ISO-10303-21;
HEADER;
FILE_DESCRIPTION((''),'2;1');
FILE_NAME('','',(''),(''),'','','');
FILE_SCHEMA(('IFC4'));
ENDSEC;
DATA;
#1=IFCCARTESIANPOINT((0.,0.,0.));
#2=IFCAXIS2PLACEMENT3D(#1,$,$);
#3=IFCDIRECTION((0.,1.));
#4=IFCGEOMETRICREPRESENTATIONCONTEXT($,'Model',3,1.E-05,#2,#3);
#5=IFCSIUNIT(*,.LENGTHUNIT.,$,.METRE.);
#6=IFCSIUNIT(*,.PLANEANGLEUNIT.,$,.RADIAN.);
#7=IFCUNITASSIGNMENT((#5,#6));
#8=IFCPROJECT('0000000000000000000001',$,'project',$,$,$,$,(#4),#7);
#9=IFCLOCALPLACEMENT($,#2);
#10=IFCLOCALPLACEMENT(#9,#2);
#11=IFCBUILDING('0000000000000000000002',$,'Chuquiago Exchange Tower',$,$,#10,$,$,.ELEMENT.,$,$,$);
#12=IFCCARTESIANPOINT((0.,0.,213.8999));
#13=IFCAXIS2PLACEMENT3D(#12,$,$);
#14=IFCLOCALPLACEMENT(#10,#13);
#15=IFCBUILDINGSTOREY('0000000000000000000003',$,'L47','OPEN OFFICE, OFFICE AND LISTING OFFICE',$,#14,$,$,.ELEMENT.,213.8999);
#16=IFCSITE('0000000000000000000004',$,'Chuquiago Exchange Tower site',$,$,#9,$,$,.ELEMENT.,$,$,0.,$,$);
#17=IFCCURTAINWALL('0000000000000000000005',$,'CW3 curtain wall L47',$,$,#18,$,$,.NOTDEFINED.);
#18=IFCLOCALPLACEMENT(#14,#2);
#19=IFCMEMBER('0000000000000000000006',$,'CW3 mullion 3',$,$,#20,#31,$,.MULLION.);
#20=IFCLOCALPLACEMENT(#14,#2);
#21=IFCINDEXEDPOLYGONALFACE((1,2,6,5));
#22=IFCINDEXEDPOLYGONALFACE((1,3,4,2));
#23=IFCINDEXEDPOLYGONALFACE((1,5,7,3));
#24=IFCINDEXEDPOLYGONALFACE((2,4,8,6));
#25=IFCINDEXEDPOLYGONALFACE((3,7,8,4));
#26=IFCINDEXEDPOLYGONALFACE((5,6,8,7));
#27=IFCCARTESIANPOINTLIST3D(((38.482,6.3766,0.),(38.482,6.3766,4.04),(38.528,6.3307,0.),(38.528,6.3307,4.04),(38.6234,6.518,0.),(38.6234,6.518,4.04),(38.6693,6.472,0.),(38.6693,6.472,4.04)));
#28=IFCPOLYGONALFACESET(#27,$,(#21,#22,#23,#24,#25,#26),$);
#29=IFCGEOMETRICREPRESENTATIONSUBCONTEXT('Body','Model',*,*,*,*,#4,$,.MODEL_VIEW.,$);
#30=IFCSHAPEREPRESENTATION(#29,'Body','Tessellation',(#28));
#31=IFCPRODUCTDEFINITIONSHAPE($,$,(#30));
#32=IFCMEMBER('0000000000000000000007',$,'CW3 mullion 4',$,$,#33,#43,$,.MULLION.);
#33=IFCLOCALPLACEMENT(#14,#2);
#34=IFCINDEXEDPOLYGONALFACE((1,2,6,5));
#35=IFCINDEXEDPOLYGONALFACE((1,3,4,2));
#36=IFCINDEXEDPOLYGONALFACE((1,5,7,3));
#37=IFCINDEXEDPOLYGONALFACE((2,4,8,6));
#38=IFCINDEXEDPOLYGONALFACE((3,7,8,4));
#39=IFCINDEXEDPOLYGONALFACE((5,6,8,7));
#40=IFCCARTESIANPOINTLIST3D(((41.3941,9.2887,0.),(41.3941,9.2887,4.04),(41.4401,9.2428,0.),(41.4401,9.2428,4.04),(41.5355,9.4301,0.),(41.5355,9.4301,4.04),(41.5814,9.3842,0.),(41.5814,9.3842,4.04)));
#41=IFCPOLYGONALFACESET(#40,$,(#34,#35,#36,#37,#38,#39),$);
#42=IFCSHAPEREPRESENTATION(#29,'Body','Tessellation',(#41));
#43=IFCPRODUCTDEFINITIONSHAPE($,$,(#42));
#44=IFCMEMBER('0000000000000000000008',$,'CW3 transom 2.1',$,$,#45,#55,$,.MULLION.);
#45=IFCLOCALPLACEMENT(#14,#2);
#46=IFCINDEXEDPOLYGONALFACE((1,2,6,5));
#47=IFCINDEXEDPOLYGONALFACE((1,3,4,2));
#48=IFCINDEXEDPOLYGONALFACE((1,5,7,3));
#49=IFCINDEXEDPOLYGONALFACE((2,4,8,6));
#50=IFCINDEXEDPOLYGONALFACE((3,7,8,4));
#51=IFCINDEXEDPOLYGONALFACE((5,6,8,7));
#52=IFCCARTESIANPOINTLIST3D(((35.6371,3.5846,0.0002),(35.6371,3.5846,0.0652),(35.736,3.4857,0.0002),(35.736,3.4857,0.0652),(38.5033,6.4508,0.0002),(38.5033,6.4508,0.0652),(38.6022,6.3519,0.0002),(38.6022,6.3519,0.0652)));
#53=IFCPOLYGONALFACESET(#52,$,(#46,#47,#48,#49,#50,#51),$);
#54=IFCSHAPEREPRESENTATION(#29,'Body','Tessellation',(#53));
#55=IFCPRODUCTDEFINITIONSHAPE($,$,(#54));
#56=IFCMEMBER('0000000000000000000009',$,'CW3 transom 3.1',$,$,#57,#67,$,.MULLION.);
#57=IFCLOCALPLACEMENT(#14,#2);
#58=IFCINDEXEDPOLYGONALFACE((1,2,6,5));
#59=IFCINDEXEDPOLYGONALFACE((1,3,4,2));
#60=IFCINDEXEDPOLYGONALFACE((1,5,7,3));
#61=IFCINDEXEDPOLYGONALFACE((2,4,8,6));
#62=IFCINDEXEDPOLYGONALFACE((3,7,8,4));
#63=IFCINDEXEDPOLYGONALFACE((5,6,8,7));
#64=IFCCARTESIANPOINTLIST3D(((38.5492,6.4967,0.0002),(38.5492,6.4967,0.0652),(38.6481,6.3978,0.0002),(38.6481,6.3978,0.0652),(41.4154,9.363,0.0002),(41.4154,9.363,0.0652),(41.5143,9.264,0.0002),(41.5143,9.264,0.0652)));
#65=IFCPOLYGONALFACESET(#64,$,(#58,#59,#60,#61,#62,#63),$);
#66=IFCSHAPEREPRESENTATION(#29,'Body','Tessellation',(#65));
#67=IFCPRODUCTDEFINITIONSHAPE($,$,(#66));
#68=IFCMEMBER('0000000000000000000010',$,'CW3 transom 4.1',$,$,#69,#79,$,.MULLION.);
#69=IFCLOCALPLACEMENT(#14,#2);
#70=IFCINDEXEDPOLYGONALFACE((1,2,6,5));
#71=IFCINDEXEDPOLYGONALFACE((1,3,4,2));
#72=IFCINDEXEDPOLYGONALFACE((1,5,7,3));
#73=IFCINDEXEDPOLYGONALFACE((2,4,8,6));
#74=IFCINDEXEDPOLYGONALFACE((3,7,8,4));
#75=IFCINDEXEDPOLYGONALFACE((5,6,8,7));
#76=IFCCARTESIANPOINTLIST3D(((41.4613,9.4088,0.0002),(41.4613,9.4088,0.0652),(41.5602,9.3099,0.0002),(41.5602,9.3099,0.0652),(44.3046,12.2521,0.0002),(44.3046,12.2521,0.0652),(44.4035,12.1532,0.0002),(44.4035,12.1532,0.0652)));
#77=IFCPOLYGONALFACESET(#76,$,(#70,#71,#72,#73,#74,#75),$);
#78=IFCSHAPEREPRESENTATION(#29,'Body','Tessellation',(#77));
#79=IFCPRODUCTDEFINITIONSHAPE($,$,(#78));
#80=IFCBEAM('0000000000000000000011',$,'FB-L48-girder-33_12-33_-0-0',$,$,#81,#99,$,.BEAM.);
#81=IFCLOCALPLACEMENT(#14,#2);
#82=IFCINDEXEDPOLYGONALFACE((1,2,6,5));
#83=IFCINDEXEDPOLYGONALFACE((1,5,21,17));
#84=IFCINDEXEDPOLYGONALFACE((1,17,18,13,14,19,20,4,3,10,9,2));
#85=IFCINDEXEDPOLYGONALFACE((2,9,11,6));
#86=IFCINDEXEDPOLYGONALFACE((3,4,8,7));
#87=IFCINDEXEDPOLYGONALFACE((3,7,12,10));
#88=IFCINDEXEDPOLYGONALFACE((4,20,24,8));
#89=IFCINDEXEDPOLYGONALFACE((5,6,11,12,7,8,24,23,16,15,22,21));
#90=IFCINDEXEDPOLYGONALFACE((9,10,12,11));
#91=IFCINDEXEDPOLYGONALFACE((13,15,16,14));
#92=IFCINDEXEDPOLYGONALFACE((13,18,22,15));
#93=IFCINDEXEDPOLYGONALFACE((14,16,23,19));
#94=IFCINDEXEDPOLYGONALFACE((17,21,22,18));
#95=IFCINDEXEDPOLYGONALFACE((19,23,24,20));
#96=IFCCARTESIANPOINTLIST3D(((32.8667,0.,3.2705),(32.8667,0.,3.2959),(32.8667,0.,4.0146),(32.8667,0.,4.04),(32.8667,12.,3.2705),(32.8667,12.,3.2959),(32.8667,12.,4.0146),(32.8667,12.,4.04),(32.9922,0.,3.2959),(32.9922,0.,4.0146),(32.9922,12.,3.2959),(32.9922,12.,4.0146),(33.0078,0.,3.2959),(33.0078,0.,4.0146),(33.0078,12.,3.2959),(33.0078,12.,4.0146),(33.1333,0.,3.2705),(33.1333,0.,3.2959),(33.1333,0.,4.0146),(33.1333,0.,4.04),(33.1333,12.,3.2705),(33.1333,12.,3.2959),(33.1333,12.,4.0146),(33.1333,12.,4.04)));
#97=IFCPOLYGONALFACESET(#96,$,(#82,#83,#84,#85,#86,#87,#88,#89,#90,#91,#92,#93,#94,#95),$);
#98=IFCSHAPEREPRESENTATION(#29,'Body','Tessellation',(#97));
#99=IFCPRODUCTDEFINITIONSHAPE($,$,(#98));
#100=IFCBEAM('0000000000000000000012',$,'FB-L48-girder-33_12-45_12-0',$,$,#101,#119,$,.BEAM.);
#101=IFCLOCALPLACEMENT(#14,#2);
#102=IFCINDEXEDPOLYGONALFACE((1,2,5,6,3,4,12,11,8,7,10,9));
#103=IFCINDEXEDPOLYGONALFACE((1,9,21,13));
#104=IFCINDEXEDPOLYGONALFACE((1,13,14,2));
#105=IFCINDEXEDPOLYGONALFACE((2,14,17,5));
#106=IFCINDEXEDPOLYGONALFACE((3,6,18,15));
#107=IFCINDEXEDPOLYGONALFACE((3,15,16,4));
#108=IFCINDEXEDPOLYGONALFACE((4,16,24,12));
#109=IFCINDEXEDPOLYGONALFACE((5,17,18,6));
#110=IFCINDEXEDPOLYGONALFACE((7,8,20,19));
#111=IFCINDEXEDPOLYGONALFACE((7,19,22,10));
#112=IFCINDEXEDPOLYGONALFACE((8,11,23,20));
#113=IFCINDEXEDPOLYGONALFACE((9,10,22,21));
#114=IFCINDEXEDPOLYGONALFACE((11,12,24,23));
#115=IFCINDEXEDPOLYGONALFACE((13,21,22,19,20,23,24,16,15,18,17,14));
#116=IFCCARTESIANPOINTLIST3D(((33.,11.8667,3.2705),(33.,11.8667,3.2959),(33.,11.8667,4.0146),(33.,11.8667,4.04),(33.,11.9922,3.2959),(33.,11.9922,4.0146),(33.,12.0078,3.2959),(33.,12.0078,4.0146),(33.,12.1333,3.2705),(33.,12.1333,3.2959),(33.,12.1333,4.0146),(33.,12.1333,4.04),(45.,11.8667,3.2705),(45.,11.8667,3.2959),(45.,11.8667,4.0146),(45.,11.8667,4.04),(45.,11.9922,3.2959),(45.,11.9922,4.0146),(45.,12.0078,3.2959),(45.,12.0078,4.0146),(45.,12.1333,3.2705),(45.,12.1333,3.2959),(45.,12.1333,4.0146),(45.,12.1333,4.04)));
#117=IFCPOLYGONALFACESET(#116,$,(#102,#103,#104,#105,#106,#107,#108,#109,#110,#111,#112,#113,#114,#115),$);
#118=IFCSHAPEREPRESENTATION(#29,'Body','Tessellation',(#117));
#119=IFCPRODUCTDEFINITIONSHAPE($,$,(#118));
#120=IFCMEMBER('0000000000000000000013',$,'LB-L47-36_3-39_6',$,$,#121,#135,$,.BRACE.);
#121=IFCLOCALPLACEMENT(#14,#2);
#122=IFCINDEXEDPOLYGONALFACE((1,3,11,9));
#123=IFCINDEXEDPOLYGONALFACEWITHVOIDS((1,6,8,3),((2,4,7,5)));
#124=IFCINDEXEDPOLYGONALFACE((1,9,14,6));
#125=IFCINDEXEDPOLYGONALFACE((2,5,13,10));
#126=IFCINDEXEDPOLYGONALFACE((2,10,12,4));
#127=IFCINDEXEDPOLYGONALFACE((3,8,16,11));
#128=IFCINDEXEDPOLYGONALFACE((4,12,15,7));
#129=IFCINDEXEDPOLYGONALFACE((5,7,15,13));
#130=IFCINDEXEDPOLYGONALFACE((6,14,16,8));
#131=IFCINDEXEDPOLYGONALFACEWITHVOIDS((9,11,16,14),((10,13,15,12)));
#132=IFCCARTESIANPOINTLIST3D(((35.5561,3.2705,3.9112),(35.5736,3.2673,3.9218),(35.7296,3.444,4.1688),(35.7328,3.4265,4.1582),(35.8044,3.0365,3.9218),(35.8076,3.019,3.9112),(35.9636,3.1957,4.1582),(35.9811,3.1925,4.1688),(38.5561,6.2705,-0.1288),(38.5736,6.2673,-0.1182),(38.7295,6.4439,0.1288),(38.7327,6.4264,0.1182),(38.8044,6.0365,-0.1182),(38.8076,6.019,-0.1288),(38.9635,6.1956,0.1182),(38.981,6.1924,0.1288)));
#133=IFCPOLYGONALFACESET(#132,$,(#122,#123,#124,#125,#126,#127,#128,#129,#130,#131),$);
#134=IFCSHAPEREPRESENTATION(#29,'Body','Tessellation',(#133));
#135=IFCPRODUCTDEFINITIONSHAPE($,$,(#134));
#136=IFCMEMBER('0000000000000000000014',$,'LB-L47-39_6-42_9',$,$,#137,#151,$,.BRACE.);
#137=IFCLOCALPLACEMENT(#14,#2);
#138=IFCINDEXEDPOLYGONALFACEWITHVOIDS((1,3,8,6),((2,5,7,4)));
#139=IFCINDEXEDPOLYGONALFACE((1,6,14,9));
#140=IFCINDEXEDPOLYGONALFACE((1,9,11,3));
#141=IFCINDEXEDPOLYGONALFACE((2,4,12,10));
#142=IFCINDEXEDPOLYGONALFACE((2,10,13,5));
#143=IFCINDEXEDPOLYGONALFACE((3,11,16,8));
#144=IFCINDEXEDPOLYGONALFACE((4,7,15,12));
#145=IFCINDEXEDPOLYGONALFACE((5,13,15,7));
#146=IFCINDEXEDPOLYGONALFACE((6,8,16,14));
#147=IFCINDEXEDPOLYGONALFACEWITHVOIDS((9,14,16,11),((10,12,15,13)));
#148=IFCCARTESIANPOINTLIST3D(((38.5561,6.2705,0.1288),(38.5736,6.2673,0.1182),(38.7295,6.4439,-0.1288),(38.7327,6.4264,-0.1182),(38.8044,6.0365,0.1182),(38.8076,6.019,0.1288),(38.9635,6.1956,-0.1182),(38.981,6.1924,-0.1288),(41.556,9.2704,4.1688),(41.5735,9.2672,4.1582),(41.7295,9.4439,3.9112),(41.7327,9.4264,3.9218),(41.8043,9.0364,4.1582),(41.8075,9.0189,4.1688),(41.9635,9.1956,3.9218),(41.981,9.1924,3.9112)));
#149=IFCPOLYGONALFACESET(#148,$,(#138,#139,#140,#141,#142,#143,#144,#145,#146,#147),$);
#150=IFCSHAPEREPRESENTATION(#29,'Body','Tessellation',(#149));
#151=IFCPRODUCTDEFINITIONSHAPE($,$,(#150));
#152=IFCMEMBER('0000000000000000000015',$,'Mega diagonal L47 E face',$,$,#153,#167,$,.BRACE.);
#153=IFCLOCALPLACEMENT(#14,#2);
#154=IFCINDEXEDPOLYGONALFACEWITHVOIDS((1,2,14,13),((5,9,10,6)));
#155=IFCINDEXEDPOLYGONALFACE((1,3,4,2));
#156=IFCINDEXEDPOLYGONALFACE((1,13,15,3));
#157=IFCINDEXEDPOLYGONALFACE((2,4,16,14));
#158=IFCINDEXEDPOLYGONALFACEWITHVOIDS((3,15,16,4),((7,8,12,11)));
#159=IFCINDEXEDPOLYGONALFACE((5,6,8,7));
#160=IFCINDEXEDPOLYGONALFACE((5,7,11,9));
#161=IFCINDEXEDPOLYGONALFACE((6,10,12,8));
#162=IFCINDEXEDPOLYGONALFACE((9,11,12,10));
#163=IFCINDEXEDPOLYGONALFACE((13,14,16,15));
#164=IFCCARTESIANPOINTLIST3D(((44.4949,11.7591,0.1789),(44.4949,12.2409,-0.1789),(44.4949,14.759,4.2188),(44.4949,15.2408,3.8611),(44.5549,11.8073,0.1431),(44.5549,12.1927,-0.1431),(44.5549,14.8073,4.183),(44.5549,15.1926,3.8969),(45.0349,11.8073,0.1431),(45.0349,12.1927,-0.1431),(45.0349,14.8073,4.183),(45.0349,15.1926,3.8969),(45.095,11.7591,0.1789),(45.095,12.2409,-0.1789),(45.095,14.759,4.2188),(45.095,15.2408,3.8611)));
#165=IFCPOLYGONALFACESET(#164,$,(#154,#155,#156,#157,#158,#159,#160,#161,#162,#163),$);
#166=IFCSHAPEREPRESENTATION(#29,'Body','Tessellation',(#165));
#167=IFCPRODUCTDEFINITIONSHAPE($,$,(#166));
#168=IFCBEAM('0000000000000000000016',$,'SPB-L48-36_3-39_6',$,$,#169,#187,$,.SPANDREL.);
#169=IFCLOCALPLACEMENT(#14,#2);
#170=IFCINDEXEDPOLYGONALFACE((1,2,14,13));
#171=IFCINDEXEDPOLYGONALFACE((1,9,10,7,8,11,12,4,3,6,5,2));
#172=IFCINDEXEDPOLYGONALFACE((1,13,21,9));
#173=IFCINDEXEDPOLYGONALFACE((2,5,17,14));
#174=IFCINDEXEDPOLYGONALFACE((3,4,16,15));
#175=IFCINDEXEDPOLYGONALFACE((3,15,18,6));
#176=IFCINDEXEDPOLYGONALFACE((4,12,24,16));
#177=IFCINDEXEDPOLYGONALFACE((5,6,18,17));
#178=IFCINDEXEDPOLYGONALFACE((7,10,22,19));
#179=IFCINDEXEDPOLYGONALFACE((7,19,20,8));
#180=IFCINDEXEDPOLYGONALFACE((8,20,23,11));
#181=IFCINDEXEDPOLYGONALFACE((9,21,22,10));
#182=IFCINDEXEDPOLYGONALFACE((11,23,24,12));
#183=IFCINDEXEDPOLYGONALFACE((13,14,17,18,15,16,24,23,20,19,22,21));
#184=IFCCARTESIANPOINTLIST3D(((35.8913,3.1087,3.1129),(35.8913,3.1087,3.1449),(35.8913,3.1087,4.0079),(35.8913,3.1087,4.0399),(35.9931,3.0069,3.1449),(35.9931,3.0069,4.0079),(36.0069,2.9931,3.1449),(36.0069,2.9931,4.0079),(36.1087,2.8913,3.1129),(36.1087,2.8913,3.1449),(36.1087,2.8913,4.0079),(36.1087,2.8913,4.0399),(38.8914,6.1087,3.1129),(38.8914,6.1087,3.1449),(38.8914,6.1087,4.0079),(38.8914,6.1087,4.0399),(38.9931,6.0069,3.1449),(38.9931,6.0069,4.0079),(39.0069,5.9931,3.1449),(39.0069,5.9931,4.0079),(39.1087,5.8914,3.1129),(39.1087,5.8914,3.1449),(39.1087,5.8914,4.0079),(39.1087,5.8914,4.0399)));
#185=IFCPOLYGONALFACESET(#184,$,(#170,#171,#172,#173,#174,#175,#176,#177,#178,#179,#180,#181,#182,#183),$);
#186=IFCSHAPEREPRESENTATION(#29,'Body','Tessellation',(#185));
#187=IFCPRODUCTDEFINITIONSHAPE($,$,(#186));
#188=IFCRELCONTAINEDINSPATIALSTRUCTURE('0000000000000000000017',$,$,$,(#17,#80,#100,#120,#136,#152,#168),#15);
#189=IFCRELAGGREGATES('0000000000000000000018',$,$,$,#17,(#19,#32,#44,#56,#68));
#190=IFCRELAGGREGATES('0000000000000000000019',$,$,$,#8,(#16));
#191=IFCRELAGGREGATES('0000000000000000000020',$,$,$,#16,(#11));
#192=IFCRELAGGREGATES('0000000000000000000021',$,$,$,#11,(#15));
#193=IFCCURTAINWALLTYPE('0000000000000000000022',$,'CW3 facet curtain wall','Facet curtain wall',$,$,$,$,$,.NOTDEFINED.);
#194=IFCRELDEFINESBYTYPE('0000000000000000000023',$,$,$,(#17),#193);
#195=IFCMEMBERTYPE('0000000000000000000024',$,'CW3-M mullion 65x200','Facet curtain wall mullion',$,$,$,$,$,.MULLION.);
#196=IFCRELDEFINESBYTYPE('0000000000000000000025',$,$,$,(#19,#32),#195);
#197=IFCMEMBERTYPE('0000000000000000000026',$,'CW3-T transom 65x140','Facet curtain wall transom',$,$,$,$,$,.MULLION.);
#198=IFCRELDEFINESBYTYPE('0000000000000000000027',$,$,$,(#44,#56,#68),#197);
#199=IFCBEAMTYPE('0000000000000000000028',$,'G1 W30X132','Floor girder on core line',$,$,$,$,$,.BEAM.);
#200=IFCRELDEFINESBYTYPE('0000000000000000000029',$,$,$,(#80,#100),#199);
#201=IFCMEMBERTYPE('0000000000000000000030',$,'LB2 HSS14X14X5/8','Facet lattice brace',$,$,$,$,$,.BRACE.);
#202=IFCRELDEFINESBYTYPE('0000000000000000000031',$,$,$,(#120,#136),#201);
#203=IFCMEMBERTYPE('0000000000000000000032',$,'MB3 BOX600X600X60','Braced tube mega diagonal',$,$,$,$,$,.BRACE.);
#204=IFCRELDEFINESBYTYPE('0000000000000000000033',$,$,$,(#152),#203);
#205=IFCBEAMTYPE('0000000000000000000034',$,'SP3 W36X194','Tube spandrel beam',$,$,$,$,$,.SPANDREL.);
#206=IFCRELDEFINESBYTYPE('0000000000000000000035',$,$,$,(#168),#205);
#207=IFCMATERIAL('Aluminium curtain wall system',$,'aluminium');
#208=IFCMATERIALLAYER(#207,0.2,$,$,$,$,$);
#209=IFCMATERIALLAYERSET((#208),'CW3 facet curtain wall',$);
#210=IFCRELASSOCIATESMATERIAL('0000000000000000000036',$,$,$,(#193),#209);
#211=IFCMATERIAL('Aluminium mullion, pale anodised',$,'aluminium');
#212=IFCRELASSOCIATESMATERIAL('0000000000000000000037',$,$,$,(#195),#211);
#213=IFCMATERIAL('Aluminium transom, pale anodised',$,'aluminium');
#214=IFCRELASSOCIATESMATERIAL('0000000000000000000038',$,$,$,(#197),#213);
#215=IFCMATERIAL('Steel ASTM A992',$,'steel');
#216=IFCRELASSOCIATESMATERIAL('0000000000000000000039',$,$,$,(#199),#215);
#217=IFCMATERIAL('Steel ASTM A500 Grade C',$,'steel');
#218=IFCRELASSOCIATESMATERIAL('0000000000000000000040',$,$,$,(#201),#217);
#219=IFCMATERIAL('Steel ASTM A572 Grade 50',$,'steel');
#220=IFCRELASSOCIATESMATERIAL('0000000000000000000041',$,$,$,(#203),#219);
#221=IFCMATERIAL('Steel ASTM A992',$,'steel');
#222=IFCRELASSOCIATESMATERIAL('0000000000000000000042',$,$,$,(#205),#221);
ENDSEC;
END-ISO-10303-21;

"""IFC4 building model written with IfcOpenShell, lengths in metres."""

from ifc_helpers import new_model, si_unit, direction, frame, origin, origin_2d, place, context, subcontext, project, spatial, rectangle, hollow_rectangle, i_section, extrude, material, layer, layer_set, material_profile, profile_set, type_object, element, aggregate, save


model = new_model("IFC4")

# Units and contexts
model_context = context("Model", 3, precision=1e-05, world=origin(), true_north=direction((0.0, 1.0)))
body_context = subcontext(model_context, "Body", "Model", "MODEL_VIEW")
ifc_project = project(units=[si_unit("LENGTHUNIT", "METRE"), si_unit("PLANEANGLEUNIT", "RADIAN")], contexts=[model_context])

# Site, building, storey
site_placement = place(None, origin())
site = spatial("IfcSite", under=ifc_project, at=site_placement, Name="Chuquiago Exchange Tower site", CompositionType="ELEMENT", RefElevation=0.0)
building_placement = place(site_placement, origin())
building = spatial("IfcBuilding", under=site, at=building_placement, Name="Chuquiago Exchange Tower", CompositionType="ELEMENT")
storey_placement = place(building_placement, frame((0.0, 0.0, 213.8999)))
storey = spatial("IfcBuildingStorey", under=building, at=storey_placement, Name="L47", Description="OPEN OFFICE, OFFICE AND LISTING OFFICE", CompositionType="ELEMENT", Elevation=213.8999)

# Curtain wall, members
ifc_material_1 = material(Name="Aluminium curtain wall system", Category="aluminium")
ifc_layer_1 = layer(ifc_material_1, 0.2)
ifc_layer_set_1 = layer_set([ifc_layer_1], Name="CW3 facet curtain wall")
curtain_wall_type = type_object("IfcCurtainWallType", Name="CW3 facet curtain wall", Description="Facet curtain wall", PredefinedType="NOTDEFINED", material=ifc_layer_set_1)
curtain_wall_placement = place(storey_placement, origin())
curtain_wall = element("IfcCurtainWall", 1, at=curtain_wall_placement, inside=storey, type_object=curtain_wall_type, Name="CW3 curtain wall L47", PredefinedType="NOTDEFINED")
ifc_material_2 = material(Name="Aluminium mullion, pale anodised", Category="aluminium")
ifc_material_profile_1 = material_profile(ifc_material_2, rectangle(XDim=0.0649, YDim=0.2, at=origin_2d()), Name="AL 65x200")
ifc_profile_set_1 = profile_set([ifc_material_profile_1], Name="Aluminium mullion, pale anodised")
member_type_1 = type_object("IfcMemberType", Name="CW3-M mullion 65x200", Description="Facet curtain wall mullion", PredefinedType="MULLION", material=ifc_profile_set_1)
member_1_placement = place(storey_placement, frame((38.5757, 6.4243, 0.0), z_axis=(0.0, 0.0, 1.0), x_axis=(-0.707107, 0.707107, 0.0)))
member_1 = element("IfcMember", 2, at=member_1_placement, type_object=member_type_1, Name="CW3 mullion 3", PredefinedType="MULLION", context=body_context, shape_type="SweptSolid", body=[
    extrude(rectangle(XDim=0.0649, YDim=0.2, at=origin_2d()), origin(), (0.0, 0.0, 1.0), 4.04),
])
member_2_placement = place(storey_placement, frame((41.4878, 9.3364, 0.0), z_axis=(0.0, 0.0, 1.0), x_axis=(-0.707107, 0.707107, 0.0)))
member_2 = element("IfcMember", 3, at=member_2_placement, type_object=member_type_1, Name="CW3 mullion 4", PredefinedType="MULLION", context=body_context, shape_type="SweptSolid", body=[
    extrude(rectangle(XDim=0.0649, YDim=0.2, at=origin_2d()), origin(), (0.0, 0.0, 1.0), 4.04),
])
ifc_material_3 = material(Name="Aluminium transom, pale anodised", Category="aluminium")
ifc_material_profile_2 = material_profile(ifc_material_3, rectangle(XDim=0.1399, YDim=0.0649, at=origin_2d()), Name="AL 140x65")
ifc_profile_set_2 = profile_set([ifc_material_profile_2], Name="Aluminium transom, pale anodised")
member_type_2 = type_object("IfcMemberType", Name="CW3-T transom 65x140", Description="Facet curtain wall transom", PredefinedType="MULLION", material=ifc_profile_set_2)
member_3_placement = place(storey_placement, frame((35.6865, 3.5352, 0.0327), z_axis=(0.707107, 0.707107, 0.0), x_axis=(-0.707107, 0.707107, 0.0)))
member_3 = element("IfcMember", 4, at=member_3_placement, type_object=member_type_2, Name="CW3 transom 2.1", PredefinedType="MULLION", context=body_context, shape_type="SweptSolid", body=[
    extrude(rectangle(XDim=0.1399, YDim=0.0649, at=origin_2d()), origin(), (0.0, 0.0, 1.0), 4.0535),
])
member_4_placement = place(storey_placement, frame((38.5986, 6.4473, 0.0327), z_axis=(0.707107, 0.707107, 0.0), x_axis=(-0.707107, 0.707107, 0.0)))
member_4 = element("IfcMember", 5, at=member_4_placement, type_object=member_type_2, Name="CW3 transom 3.1", PredefinedType="MULLION", context=body_context, shape_type="SweptSolid", body=[
    extrude(rectangle(XDim=0.1399, YDim=0.0649, at=origin_2d()), origin(), (0.0, 0.0, 1.0), 4.0535),
])
member_5_placement = place(storey_placement, frame((41.5107, 9.3594, 0.0327), z_axis=(0.707107, 0.707107, 0.0), x_axis=(-0.707107, 0.707107, 0.0)))
member_5 = element("IfcMember", 6, at=member_5_placement, type_object=member_type_2, Name="CW3 transom 4.1", PredefinedType="MULLION", context=body_context, shape_type="SweptSolid", body=[
    extrude(rectangle(XDim=0.1399, YDim=0.0649, at=origin_2d()), origin(), (0.0, 0.0, 1.0), 4.021),
])

# Beams
ifc_material_4 = material(Name="Steel ASTM A992", Category="steel")
ifc_material_profile_3 = material_profile(ifc_material_4, i_section(OverallWidth=0.2666, OverallDepth=0.7695, WebThickness=0.0156, FlangeThickness=0.0254, at=origin_2d()), Name="W30X132")
ifc_profile_set_3 = profile_set([ifc_material_profile_3], Name="Steel ASTM A992")
beam_type_1 = type_object("IfcBeamType", Name="G1 W30X132", Description="Floor girder on core line", PredefinedType="BEAM", material=ifc_profile_set_3)
for number, where, z_axis, x_axis, name in (
    (7, (33.0, 12.0, 3.6553), (0.0, -1.0, 0.0), (1.0, 0.0, 0.0), "FB-L48-girder-33_12-33_-0-0"),
    (8, (33.0, 12.0, 3.6553), (1.0, 0.0, 0.0), (0.0, 1.0, 0.0), "FB-L48-girder-33_12-45_12-0"),
):
    element("IfcBeam", number, at=place(storey_placement, frame(where, z_axis=z_axis, x_axis=x_axis)), inside=storey, type_object=beam_type_1, Name=name, PredefinedType="BEAM", context=body_context, shape_type="SweptSolid", body=[
        extrude(i_section(OverallWidth=0.2666, OverallDepth=0.7695, WebThickness=0.0156, FlangeThickness=0.0254, at=origin_2d()), origin(), (0.0, 0.0, 1.0), 12.0),
    ])

# Members
ifc_material_5 = material(Name="Steel ASTM A500 Grade C", Category="steel")
ifc_material_profile_4 = material_profile(ifc_material_5, hollow_rectangle(XDim=0.3557, YDim=0.3557, WallThickness=0.0146, at=origin_2d()), Name="HSS14X14X5/8")
ifc_profile_set_4 = profile_set([ifc_material_profile_4], Name="Steel ASTM A500 Grade C")
member_type_3 = type_object("IfcMemberType", Name="LB2 HSS14X14X5/8", Description="Facet lattice brace", PredefinedType="BRACE", material=ifc_profile_set_4)
for number, where, z_axis, x_axis, name in (
    (9, (38.7686, 6.2314, 0.0), (-0.512077, -0.512077, 0.689604), (0.707107, -0.707107, 0.0), "LB-L47-36_3-39_6"),
    (10, (38.7686, 6.2314, 0.0), (0.512077, 0.512077, 0.689604), (-0.707107, 0.707107, 0.0), "LB-L47-39_6-42_9"),
):
    element("IfcMember", number, at=place(storey_placement, frame(where, z_axis=z_axis, x_axis=x_axis)), inside=storey, type_object=member_type_3, Name=name, PredefinedType="BRACE", context=body_context, shape_type="SweptSolid", body=[
        extrude(hollow_rectangle(XDim=0.3557, YDim=0.3557, WallThickness=0.0146, at=origin_2d()), origin(), (0.0, 0.0, 1.0), 5.8584),
    ])
ifc_material_6 = material(Name="Steel ASTM A572 Grade 50", Category="steel")
ifc_material_profile_5 = material_profile(ifc_material_6, hollow_rectangle(XDim=0.6001, YDim=0.6001, WallThickness=0.0601, at=origin_2d()), Name="BOX600X600X60")
ifc_profile_set_5 = profile_set([ifc_material_profile_5], Name="Steel ASTM A572 Grade 50")
member_type_4 = type_object("IfcMemberType", Name="MB3 BOX600X600X60", Description="Braced tube mega diagonal", PredefinedType="BRACE", material=ifc_profile_set_5)
member_6_placement = place(storey_placement, frame((44.7949, 12.0, 0.0), z_axis=(0.0, 0.596174, 0.802855), x_axis=(-1.0, 0.0, 0.0)))
element("IfcMember", 11, at=member_6_placement, inside=storey, type_object=member_type_4, Name="Mega diagonal L47 E face", PredefinedType="BRACE", context=body_context, shape_type="SweptSolid", body=[
    extrude(hollow_rectangle(XDim=0.6001, YDim=0.6001, WallThickness=0.0601, at=origin_2d()), origin(), (0.0, 0.0, 1.0), 5.032),
])

# Beam
ifc_material_7 = material(Name="Steel ASTM A992", Category="steel")
ifc_material_profile_6 = material_profile(ifc_material_7, i_section(OverallWidth=0.3074, OverallDepth=0.927, WebThickness=0.0195, FlangeThickness=0.032, at=origin_2d()), Name="W36X194")
ifc_profile_set_6 = profile_set([ifc_material_profile_6], Name="Steel ASTM A992")
beam_type_2 = type_object("IfcBeamType", Name="SP3 W36X194", Description="Tube spandrel beam", PredefinedType="SPANDREL", material=ifc_profile_set_6)
for number, where, z_axis, x_axis, name in (
    (12, (36.0, 3.0, 3.5764), (0.707107, 0.707107, 0.0), (-0.707107, 0.707107, 0.0), "SPB-L48-36_3-39_6"),
):
    element("IfcBeam", number, at=place(storey_placement, frame(where, z_axis=z_axis, x_axis=x_axis)), inside=storey, type_object=beam_type_2, Name=name, PredefinedType="SPANDREL", context=body_context, shape_type="SweptSolid", body=[
        extrude(i_section(OverallWidth=0.3074, OverallDepth=0.927, WebThickness=0.0195, FlangeThickness=0.032, at=origin_2d()), origin(), (0.0, 0.0, 1.0), 4.2427),
    ])

aggregate(curtain_wall, [member_1, member_2, member_3, member_4, member_5])

save(model, "model.ifc")
